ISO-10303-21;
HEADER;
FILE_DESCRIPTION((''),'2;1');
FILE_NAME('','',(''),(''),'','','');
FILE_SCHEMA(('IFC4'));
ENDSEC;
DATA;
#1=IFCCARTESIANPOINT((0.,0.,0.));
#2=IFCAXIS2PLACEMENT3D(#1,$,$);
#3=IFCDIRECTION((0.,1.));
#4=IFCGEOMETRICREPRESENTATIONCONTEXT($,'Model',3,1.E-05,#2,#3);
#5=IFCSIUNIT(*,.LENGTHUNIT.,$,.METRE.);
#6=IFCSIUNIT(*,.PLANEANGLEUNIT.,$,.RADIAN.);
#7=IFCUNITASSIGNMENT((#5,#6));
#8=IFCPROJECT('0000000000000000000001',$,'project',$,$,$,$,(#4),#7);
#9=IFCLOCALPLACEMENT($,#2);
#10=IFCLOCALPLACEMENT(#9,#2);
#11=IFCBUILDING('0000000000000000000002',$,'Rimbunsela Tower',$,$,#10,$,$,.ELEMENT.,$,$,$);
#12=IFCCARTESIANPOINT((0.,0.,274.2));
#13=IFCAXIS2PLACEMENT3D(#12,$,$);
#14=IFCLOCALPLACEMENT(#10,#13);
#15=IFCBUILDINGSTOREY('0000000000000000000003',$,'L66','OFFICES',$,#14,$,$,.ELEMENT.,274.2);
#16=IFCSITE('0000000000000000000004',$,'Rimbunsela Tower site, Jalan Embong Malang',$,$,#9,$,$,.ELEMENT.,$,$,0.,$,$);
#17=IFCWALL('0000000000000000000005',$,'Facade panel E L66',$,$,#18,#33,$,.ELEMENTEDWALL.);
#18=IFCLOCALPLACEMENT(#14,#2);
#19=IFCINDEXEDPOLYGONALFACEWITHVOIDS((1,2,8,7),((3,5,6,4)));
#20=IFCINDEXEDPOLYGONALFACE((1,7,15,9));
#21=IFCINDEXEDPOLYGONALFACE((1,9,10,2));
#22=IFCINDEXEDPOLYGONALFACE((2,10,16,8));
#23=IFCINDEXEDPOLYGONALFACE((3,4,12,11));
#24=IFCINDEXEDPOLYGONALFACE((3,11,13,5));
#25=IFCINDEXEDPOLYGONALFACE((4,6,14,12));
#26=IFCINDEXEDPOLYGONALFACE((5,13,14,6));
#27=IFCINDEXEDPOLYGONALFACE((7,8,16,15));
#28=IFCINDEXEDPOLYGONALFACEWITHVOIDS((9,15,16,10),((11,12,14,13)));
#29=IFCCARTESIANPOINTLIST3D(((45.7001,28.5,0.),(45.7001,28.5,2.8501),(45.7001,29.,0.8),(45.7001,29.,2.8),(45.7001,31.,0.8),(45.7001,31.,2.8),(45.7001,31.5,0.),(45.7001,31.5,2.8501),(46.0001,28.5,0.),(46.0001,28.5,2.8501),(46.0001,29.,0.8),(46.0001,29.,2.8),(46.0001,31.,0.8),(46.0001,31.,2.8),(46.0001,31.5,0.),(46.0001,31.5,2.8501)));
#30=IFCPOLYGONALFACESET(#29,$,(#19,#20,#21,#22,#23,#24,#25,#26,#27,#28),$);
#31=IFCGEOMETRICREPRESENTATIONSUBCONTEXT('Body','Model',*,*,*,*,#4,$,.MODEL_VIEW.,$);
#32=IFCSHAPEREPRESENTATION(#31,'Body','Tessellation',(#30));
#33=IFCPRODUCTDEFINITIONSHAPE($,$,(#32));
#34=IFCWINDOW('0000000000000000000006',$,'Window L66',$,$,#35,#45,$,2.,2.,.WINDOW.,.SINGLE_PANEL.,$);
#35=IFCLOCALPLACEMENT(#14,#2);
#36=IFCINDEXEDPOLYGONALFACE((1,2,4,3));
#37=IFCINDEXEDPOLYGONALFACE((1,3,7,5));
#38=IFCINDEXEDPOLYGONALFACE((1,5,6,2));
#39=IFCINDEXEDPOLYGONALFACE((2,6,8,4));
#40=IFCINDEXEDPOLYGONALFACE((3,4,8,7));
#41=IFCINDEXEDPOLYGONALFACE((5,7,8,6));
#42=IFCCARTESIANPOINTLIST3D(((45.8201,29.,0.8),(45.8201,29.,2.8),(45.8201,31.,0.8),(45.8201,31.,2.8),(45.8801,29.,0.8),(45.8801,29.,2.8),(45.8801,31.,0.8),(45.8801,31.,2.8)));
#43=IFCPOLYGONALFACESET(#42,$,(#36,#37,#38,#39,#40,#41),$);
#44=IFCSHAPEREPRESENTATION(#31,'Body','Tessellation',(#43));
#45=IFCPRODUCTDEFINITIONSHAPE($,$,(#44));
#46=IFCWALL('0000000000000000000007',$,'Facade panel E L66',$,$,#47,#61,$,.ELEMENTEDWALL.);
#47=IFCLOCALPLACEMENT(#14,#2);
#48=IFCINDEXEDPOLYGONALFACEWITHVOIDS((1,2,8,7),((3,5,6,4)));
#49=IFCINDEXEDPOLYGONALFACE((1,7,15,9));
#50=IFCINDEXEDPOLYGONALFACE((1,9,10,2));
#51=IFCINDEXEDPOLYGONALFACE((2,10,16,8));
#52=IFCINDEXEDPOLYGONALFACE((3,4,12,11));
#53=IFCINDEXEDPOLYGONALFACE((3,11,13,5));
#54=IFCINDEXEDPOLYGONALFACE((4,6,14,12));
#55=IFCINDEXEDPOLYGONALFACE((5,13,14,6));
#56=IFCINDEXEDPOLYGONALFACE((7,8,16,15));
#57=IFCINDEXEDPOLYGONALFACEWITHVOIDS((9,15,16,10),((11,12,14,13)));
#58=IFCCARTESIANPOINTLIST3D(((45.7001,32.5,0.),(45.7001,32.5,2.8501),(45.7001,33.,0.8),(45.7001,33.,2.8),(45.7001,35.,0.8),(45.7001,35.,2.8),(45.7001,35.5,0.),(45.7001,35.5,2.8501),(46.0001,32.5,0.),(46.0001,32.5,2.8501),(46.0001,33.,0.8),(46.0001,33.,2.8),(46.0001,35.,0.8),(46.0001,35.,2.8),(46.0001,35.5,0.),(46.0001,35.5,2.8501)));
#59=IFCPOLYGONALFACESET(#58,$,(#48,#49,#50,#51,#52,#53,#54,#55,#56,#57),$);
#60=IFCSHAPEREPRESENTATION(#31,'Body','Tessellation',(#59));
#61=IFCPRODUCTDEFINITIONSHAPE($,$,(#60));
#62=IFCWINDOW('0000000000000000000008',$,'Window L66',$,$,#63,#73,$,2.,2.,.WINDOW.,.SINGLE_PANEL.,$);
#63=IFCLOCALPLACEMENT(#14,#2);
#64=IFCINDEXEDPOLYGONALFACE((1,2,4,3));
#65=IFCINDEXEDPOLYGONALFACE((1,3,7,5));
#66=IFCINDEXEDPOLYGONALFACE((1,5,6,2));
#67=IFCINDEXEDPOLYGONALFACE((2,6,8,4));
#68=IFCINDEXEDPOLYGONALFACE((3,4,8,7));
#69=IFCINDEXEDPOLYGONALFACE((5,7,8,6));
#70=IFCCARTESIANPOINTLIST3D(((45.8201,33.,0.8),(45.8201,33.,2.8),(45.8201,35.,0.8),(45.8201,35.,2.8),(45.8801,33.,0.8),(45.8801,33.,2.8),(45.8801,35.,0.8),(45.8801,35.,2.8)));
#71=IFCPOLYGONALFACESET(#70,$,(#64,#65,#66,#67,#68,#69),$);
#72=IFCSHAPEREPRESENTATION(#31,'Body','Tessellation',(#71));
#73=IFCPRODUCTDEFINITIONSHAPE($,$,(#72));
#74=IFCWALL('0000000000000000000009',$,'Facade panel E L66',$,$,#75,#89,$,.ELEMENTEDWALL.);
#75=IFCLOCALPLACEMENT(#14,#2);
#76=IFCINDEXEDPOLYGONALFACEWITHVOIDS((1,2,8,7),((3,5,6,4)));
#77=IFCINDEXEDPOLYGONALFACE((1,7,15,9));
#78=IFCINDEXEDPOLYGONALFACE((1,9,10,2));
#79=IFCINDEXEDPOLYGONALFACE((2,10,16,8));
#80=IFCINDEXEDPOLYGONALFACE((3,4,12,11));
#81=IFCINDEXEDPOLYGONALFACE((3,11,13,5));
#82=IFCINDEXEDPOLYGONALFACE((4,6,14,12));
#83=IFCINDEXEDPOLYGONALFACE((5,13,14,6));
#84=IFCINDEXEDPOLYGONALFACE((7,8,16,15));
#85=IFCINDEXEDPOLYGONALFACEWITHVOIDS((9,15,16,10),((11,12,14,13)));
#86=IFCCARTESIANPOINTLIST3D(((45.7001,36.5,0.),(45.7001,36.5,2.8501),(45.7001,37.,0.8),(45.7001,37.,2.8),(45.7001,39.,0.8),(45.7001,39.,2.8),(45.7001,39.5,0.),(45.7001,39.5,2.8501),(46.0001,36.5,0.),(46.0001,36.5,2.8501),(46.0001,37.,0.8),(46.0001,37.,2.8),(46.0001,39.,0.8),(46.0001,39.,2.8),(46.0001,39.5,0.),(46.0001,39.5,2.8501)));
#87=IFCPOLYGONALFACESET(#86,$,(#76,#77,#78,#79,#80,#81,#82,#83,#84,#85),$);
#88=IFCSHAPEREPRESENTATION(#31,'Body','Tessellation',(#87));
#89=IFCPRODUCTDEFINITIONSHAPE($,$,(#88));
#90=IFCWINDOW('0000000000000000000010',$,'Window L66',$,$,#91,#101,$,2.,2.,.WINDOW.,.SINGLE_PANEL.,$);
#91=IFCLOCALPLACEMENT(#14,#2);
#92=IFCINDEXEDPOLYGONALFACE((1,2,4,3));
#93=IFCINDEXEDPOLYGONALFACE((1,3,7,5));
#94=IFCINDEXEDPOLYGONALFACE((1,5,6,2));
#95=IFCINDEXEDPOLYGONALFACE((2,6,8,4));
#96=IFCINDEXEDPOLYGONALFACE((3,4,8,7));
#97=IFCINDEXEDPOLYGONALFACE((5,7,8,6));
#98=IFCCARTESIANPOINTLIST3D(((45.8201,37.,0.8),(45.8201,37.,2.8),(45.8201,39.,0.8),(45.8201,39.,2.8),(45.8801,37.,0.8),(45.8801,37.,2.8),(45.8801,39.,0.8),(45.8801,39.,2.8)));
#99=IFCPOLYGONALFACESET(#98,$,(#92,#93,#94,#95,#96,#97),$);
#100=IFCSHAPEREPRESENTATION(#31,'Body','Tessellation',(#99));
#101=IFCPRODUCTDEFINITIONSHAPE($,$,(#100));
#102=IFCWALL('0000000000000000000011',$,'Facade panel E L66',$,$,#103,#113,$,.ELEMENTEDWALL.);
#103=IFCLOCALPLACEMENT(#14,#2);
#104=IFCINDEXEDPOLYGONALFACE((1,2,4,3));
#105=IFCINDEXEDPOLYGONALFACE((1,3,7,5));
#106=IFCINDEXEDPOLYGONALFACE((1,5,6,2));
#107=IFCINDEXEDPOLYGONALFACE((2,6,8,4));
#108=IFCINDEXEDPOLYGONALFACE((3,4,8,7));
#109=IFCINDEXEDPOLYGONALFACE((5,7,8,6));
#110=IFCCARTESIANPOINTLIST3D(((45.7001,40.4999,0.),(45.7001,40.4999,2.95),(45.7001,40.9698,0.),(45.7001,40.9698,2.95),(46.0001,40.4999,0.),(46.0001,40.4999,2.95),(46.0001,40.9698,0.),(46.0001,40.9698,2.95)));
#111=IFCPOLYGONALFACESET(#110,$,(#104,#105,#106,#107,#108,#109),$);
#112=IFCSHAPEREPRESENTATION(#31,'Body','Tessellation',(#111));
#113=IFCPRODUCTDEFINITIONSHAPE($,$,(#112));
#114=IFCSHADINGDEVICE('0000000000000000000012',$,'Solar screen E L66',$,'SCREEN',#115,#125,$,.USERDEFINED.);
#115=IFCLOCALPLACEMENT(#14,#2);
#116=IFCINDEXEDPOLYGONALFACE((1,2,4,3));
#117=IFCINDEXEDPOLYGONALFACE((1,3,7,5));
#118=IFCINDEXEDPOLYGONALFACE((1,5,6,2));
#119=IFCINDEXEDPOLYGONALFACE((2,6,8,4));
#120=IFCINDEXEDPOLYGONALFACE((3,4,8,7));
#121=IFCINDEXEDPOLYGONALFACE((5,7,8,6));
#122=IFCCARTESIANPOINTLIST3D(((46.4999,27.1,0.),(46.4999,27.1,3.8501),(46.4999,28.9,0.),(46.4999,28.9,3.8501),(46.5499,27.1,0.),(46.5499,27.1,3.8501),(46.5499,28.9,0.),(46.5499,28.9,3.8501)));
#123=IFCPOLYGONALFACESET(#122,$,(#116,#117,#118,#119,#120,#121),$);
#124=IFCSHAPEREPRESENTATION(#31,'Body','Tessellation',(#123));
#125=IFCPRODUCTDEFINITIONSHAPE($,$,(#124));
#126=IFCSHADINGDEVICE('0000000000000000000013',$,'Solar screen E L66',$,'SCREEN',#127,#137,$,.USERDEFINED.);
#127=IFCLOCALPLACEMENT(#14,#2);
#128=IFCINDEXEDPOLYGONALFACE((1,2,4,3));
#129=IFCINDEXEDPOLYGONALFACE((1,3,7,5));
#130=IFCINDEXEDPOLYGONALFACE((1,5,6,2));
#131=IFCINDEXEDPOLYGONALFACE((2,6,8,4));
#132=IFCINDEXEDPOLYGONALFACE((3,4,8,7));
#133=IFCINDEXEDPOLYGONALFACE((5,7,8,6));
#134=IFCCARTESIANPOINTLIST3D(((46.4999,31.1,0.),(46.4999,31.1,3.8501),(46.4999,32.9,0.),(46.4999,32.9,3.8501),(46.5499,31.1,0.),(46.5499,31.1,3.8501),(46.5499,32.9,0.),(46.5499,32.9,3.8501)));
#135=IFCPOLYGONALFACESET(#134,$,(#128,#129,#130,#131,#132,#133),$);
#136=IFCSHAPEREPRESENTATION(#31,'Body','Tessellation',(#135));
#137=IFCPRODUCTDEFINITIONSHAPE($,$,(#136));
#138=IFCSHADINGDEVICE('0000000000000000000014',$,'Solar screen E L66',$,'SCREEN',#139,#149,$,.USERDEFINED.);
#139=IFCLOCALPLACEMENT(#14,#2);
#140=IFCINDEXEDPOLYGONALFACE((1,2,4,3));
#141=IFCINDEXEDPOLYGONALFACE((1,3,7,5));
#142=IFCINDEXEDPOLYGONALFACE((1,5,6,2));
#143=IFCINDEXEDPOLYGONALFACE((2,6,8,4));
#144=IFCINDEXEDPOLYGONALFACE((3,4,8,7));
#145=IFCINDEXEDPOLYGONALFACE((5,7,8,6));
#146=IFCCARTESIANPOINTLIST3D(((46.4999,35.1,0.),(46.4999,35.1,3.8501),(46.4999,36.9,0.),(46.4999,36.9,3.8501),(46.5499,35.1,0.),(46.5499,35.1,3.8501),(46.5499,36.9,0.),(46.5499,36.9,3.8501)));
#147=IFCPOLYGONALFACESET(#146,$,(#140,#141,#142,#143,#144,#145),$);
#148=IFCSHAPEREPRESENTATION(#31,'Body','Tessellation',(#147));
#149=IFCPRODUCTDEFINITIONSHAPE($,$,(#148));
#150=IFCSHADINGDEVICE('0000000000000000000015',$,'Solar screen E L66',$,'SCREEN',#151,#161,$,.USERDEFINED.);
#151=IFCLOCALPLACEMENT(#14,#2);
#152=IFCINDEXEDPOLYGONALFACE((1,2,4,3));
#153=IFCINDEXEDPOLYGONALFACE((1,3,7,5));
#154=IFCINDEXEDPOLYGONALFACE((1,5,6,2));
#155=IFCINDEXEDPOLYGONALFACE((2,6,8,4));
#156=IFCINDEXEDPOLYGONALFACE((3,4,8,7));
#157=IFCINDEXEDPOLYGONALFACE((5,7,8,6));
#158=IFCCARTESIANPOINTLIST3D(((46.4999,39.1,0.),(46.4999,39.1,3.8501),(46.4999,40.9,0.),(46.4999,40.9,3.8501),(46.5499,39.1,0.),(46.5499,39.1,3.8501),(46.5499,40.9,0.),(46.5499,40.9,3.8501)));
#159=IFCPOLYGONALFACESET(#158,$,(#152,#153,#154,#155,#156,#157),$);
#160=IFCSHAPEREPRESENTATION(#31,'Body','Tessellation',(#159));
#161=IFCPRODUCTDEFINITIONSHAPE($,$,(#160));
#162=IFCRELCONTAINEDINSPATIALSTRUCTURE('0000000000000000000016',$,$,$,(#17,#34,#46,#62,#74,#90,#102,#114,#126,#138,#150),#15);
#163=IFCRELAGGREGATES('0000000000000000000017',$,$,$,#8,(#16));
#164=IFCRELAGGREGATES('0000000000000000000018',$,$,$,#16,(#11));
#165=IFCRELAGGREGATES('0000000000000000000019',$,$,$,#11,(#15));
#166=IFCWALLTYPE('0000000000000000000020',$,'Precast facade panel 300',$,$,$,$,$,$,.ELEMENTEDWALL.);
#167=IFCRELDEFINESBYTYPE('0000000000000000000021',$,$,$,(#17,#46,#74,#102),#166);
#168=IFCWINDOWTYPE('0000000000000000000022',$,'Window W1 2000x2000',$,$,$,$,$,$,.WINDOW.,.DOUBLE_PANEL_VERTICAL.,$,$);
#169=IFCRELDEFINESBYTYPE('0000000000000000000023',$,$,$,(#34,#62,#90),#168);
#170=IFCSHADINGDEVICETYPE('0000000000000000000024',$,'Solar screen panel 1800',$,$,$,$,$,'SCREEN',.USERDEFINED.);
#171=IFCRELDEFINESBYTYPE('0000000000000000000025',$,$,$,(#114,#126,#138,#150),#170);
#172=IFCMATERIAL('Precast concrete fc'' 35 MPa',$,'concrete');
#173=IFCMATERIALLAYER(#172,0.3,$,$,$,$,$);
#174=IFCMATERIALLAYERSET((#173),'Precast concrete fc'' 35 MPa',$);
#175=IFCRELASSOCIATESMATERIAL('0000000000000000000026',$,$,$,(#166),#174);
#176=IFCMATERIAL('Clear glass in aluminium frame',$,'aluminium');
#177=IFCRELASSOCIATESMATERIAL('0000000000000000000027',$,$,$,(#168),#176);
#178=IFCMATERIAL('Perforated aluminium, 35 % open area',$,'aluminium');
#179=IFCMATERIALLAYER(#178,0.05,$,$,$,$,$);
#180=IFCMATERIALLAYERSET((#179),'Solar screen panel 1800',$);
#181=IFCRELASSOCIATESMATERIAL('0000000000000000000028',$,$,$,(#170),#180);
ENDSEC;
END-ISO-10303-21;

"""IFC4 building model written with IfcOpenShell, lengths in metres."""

from ifc_helpers import new_model, si_unit, direction, frame, frame_2d, origin, origin_2d, place, context, subcontext, project, spatial, rectangle, extrude, material, layer, layer_set, type_object, element, fill, save


model = new_model("IFC4")

# Units and contexts
model_context = context("Model", 3, precision=1e-05, world=origin(), true_north=direction((0.0, 1.0)))
body_context = subcontext(model_context, "Body", "Model", "MODEL_VIEW")
ifc_project = project(units=[si_unit("LENGTHUNIT", "METRE"), si_unit("PLANEANGLEUNIT", "RADIAN")], contexts=[model_context])

# Site, building, storey
site_placement = place(None, origin())
site = spatial("IfcSite", under=ifc_project, at=site_placement, Name="Rimbunsela Tower site, Jalan Embong Malang", CompositionType="ELEMENT", RefElevation=0.0)
building_placement = place(site_placement, origin())
building = spatial("IfcBuilding", under=site, at=building_placement, Name="Rimbunsela Tower", CompositionType="ELEMENT")
storey_placement = place(building_placement, frame((0.0, 0.0, 274.2)))
storey = spatial("IfcBuildingStorey", under=building, at=storey_placement, Name="L66", Description="OFFICES", CompositionType="ELEMENT", Elevation=274.2)

# Walls, openings, windows
ifc_material_1 = material(Name="Precast concrete fc' 35 MPa", Category="concrete")
ifc_layer_1 = layer(ifc_material_1, 0.3)
ifc_layer_set_1 = layer_set([ifc_layer_1], Name="Precast concrete fc' 35 MPa")
wall_type_1 = type_object("IfcWallType", Name="Precast facade panel 300", PredefinedType="ELEMENTEDWALL", material=ifc_layer_set_1)
ifc_material_2 = material(Name="Clear glass in aluminium frame", Category="aluminium")
window_type = type_object("IfcWindowType", Name="Window W1 2000x2000", PartitioningType="DOUBLE_PANEL_VERTICAL", PredefinedType="WINDOW", material=ifc_material_2)
wall_1_placement = place(storey_placement, frame((45.8501, 28.5, 0.0), z_axis=(0.0, 0.0, 1.0), x_axis=(0.0, 1.0, 0.0)))
wall_1 = element("IfcWall", 1, at=wall_1_placement, inside=storey, type_object=wall_type_1, Name="Facade panel E L66", PredefinedType="ELEMENTEDWALL", context=body_context, shape_type="SweptSolid", body=[
    extrude(rectangle(XDim=3.0, YDim=0.3, at=frame_2d((1.5, 0.0))), origin(), (0.0, 0.0, 1.0), 2.8501),
])
opening_1_placement = place(wall_1_placement, frame((0.5, 0.0, 0.8)))
opening_1 = element("IfcOpeningElement", 2, at=opening_1_placement, cuts=wall_1, PredefinedType="OPENING", context=body_context, shape_type="SweptSolid", body=[
    extrude(rectangle(XDim=2.0, YDim=2.0, at=frame_2d((1.0, 1.0))), frame((0.0, 0.1599, 0.0), z_axis=(0.0, -1.0, 0.0), x_axis=(1.0, 0.0, 0.0)), (0.0, 0.0, 1.0), 0.3201),
])
window_1_placement = place(opening_1_placement, origin())
window_1 = element("IfcWindow", 3, at=window_1_placement, inside=storey, type_object=window_type, Name="Window L66", OverallHeight=2.0, OverallWidth=2.0, PartitioningType="SINGLE_PANEL", PredefinedType="WINDOW", context=body_context, shape_type="SweptSolid", body=[
    extrude(rectangle(XDim=2.0, YDim=2.0, at=frame_2d((1.0, 1.0))), frame((0.0, 0.03, 0.0), z_axis=(0.0, -1.0, 0.0), x_axis=(1.0, 0.0, 0.0)), (0.0, 0.0, 1.0), 0.0601),
])
fill(opening_1, window_1)
wall_2_placement = place(storey_placement, frame((45.8501, 32.5, 0.0), z_axis=(0.0, 0.0, 1.0), x_axis=(0.0, 1.0, 0.0)))
wall_2 = element("IfcWall", 4, at=wall_2_placement, inside=storey, type_object=wall_type_1, Name="Facade panel E L66", PredefinedType="ELEMENTEDWALL", context=body_context, shape_type="SweptSolid", body=[
    extrude(rectangle(XDim=3.0, YDim=0.3, at=frame_2d((1.5, 0.0))), origin(), (0.0, 0.0, 1.0), 2.8501),
])
opening_2_placement = place(wall_2_placement, frame((0.5, 0.0, 0.8)))
opening_2 = element("IfcOpeningElement", 5, at=opening_2_placement, cuts=wall_2, PredefinedType="OPENING", context=body_context, shape_type="SweptSolid", body=[
    extrude(rectangle(XDim=2.0, YDim=2.0, at=frame_2d((1.0, 1.0))), frame((0.0, 0.1599, 0.0), z_axis=(0.0, -1.0, 0.0), x_axis=(1.0, 0.0, 0.0)), (0.0, 0.0, 1.0), 0.3201),
])
window_2_placement = place(opening_2_placement, origin())
window_2 = element("IfcWindow", 6, at=window_2_placement, inside=storey, type_object=window_type, Name="Window L66", OverallHeight=2.0, OverallWidth=2.0, PartitioningType="SINGLE_PANEL", PredefinedType="WINDOW", context=body_context, shape_type="SweptSolid", body=[
    extrude(rectangle(XDim=2.0, YDim=2.0, at=frame_2d((1.0, 1.0))), frame((0.0, 0.03, 0.0), z_axis=(0.0, -1.0, 0.0), x_axis=(1.0, 0.0, 0.0)), (0.0, 0.0, 1.0), 0.0601),
])
fill(opening_2, window_2)
wall_3_placement = place(storey_placement, frame((45.8501, 36.5, 0.0), z_axis=(0.0, 0.0, 1.0), x_axis=(0.0, 1.0, 0.0)))
wall_3 = element("IfcWall", 7, at=wall_3_placement, inside=storey, type_object=wall_type_1, Name="Facade panel E L66", PredefinedType="ELEMENTEDWALL", context=body_context, shape_type="SweptSolid", body=[
    extrude(rectangle(XDim=3.0, YDim=0.3, at=frame_2d((1.5, 0.0))), origin(), (0.0, 0.0, 1.0), 2.8501),
])
opening_3_placement = place(wall_3_placement, frame((0.5, 0.0, 0.8)))
opening_3 = element("IfcOpeningElement", 8, at=opening_3_placement, cuts=wall_3, PredefinedType="OPENING", context=body_context, shape_type="SweptSolid", body=[
    extrude(rectangle(XDim=2.0, YDim=2.0, at=frame_2d((1.0, 1.0))), frame((0.0, 0.1599, 0.0), z_axis=(0.0, -1.0, 0.0), x_axis=(1.0, 0.0, 0.0)), (0.0, 0.0, 1.0), 0.3201),
])
window_3_placement = place(opening_3_placement, origin())
window_3 = element("IfcWindow", 9, at=window_3_placement, inside=storey, type_object=window_type, Name="Window L66", OverallHeight=2.0, OverallWidth=2.0, PartitioningType="SINGLE_PANEL", PredefinedType="WINDOW", context=body_context, shape_type="SweptSolid", body=[
    extrude(rectangle(XDim=2.0, YDim=2.0, at=frame_2d((1.0, 1.0))), frame((0.0, 0.03, 0.0), z_axis=(0.0, -1.0, 0.0), x_axis=(1.0, 0.0, 0.0)), (0.0, 0.0, 1.0), 0.0601),
])
fill(opening_3, window_3)

# Wall
wall_4_placement = place(storey_placement, frame((45.8501, 40.5, 0.0), z_axis=(0.0, 0.0, 1.0), x_axis=(0.0, 1.0, 0.0)))
element("IfcWall", 10, at=wall_4_placement, inside=storey, type_object=wall_type_1, Name="Facade panel E L66", PredefinedType="ELEMENTEDWALL", context=body_context, shape_type="SweptSolid", body=[
    extrude(rectangle(XDim=0.47, YDim=0.3, at=frame_2d((0.2349, 0.0))), origin(), (0.0, 0.0, 1.0), 2.95),
])

# Shading devices
ifc_material_3 = material(Name="Perforated aluminium, 35 % open area", Category="aluminium")
ifc_layer_2 = layer(ifc_material_3, 0.05)
ifc_layer_set_2 = layer_set([ifc_layer_2], Name="Solar screen panel 1800")
shading_device_type = type_object("IfcShadingDeviceType", Name="Solar screen panel 1800", ElementType="SCREEN", PredefinedType="USERDEFINED", material=ifc_layer_set_2)
for number, where, z_axis, x_axis, name in (
    (11, (46.5249, 28.0, 0.0), (0.0, 0.0, 1.0), (0.0, 1.0, 0.0), "Solar screen E L66"),
    (12, (46.5249, 32.0, 0.0), (0.0, 0.0, 1.0), (0.0, 1.0, 0.0), "Solar screen E L66"),
    (13, (46.5249, 36.0, 0.0), (0.0, 0.0, 1.0), (0.0, 1.0, 0.0), "Solar screen E L66"),
    (14, (46.5249, 40.0, 0.0), (0.0, 0.0, 1.0), (0.0, 1.0, 0.0), "Solar screen E L66"),
):
    element("IfcShadingDevice", number, at=place(storey_placement, frame(where, z_axis=z_axis, x_axis=x_axis)), inside=storey, type_object=shading_device_type, Name=name, ObjectType="SCREEN", PredefinedType="USERDEFINED", context=body_context, shape_type="SweptSolid", body=[
        extrude(rectangle(XDim=1.8, YDim=0.05, at=origin_2d()), origin(), (0.0, 0.0, 1.0), 3.8501),
    ])

save(model, "model.ifc")
